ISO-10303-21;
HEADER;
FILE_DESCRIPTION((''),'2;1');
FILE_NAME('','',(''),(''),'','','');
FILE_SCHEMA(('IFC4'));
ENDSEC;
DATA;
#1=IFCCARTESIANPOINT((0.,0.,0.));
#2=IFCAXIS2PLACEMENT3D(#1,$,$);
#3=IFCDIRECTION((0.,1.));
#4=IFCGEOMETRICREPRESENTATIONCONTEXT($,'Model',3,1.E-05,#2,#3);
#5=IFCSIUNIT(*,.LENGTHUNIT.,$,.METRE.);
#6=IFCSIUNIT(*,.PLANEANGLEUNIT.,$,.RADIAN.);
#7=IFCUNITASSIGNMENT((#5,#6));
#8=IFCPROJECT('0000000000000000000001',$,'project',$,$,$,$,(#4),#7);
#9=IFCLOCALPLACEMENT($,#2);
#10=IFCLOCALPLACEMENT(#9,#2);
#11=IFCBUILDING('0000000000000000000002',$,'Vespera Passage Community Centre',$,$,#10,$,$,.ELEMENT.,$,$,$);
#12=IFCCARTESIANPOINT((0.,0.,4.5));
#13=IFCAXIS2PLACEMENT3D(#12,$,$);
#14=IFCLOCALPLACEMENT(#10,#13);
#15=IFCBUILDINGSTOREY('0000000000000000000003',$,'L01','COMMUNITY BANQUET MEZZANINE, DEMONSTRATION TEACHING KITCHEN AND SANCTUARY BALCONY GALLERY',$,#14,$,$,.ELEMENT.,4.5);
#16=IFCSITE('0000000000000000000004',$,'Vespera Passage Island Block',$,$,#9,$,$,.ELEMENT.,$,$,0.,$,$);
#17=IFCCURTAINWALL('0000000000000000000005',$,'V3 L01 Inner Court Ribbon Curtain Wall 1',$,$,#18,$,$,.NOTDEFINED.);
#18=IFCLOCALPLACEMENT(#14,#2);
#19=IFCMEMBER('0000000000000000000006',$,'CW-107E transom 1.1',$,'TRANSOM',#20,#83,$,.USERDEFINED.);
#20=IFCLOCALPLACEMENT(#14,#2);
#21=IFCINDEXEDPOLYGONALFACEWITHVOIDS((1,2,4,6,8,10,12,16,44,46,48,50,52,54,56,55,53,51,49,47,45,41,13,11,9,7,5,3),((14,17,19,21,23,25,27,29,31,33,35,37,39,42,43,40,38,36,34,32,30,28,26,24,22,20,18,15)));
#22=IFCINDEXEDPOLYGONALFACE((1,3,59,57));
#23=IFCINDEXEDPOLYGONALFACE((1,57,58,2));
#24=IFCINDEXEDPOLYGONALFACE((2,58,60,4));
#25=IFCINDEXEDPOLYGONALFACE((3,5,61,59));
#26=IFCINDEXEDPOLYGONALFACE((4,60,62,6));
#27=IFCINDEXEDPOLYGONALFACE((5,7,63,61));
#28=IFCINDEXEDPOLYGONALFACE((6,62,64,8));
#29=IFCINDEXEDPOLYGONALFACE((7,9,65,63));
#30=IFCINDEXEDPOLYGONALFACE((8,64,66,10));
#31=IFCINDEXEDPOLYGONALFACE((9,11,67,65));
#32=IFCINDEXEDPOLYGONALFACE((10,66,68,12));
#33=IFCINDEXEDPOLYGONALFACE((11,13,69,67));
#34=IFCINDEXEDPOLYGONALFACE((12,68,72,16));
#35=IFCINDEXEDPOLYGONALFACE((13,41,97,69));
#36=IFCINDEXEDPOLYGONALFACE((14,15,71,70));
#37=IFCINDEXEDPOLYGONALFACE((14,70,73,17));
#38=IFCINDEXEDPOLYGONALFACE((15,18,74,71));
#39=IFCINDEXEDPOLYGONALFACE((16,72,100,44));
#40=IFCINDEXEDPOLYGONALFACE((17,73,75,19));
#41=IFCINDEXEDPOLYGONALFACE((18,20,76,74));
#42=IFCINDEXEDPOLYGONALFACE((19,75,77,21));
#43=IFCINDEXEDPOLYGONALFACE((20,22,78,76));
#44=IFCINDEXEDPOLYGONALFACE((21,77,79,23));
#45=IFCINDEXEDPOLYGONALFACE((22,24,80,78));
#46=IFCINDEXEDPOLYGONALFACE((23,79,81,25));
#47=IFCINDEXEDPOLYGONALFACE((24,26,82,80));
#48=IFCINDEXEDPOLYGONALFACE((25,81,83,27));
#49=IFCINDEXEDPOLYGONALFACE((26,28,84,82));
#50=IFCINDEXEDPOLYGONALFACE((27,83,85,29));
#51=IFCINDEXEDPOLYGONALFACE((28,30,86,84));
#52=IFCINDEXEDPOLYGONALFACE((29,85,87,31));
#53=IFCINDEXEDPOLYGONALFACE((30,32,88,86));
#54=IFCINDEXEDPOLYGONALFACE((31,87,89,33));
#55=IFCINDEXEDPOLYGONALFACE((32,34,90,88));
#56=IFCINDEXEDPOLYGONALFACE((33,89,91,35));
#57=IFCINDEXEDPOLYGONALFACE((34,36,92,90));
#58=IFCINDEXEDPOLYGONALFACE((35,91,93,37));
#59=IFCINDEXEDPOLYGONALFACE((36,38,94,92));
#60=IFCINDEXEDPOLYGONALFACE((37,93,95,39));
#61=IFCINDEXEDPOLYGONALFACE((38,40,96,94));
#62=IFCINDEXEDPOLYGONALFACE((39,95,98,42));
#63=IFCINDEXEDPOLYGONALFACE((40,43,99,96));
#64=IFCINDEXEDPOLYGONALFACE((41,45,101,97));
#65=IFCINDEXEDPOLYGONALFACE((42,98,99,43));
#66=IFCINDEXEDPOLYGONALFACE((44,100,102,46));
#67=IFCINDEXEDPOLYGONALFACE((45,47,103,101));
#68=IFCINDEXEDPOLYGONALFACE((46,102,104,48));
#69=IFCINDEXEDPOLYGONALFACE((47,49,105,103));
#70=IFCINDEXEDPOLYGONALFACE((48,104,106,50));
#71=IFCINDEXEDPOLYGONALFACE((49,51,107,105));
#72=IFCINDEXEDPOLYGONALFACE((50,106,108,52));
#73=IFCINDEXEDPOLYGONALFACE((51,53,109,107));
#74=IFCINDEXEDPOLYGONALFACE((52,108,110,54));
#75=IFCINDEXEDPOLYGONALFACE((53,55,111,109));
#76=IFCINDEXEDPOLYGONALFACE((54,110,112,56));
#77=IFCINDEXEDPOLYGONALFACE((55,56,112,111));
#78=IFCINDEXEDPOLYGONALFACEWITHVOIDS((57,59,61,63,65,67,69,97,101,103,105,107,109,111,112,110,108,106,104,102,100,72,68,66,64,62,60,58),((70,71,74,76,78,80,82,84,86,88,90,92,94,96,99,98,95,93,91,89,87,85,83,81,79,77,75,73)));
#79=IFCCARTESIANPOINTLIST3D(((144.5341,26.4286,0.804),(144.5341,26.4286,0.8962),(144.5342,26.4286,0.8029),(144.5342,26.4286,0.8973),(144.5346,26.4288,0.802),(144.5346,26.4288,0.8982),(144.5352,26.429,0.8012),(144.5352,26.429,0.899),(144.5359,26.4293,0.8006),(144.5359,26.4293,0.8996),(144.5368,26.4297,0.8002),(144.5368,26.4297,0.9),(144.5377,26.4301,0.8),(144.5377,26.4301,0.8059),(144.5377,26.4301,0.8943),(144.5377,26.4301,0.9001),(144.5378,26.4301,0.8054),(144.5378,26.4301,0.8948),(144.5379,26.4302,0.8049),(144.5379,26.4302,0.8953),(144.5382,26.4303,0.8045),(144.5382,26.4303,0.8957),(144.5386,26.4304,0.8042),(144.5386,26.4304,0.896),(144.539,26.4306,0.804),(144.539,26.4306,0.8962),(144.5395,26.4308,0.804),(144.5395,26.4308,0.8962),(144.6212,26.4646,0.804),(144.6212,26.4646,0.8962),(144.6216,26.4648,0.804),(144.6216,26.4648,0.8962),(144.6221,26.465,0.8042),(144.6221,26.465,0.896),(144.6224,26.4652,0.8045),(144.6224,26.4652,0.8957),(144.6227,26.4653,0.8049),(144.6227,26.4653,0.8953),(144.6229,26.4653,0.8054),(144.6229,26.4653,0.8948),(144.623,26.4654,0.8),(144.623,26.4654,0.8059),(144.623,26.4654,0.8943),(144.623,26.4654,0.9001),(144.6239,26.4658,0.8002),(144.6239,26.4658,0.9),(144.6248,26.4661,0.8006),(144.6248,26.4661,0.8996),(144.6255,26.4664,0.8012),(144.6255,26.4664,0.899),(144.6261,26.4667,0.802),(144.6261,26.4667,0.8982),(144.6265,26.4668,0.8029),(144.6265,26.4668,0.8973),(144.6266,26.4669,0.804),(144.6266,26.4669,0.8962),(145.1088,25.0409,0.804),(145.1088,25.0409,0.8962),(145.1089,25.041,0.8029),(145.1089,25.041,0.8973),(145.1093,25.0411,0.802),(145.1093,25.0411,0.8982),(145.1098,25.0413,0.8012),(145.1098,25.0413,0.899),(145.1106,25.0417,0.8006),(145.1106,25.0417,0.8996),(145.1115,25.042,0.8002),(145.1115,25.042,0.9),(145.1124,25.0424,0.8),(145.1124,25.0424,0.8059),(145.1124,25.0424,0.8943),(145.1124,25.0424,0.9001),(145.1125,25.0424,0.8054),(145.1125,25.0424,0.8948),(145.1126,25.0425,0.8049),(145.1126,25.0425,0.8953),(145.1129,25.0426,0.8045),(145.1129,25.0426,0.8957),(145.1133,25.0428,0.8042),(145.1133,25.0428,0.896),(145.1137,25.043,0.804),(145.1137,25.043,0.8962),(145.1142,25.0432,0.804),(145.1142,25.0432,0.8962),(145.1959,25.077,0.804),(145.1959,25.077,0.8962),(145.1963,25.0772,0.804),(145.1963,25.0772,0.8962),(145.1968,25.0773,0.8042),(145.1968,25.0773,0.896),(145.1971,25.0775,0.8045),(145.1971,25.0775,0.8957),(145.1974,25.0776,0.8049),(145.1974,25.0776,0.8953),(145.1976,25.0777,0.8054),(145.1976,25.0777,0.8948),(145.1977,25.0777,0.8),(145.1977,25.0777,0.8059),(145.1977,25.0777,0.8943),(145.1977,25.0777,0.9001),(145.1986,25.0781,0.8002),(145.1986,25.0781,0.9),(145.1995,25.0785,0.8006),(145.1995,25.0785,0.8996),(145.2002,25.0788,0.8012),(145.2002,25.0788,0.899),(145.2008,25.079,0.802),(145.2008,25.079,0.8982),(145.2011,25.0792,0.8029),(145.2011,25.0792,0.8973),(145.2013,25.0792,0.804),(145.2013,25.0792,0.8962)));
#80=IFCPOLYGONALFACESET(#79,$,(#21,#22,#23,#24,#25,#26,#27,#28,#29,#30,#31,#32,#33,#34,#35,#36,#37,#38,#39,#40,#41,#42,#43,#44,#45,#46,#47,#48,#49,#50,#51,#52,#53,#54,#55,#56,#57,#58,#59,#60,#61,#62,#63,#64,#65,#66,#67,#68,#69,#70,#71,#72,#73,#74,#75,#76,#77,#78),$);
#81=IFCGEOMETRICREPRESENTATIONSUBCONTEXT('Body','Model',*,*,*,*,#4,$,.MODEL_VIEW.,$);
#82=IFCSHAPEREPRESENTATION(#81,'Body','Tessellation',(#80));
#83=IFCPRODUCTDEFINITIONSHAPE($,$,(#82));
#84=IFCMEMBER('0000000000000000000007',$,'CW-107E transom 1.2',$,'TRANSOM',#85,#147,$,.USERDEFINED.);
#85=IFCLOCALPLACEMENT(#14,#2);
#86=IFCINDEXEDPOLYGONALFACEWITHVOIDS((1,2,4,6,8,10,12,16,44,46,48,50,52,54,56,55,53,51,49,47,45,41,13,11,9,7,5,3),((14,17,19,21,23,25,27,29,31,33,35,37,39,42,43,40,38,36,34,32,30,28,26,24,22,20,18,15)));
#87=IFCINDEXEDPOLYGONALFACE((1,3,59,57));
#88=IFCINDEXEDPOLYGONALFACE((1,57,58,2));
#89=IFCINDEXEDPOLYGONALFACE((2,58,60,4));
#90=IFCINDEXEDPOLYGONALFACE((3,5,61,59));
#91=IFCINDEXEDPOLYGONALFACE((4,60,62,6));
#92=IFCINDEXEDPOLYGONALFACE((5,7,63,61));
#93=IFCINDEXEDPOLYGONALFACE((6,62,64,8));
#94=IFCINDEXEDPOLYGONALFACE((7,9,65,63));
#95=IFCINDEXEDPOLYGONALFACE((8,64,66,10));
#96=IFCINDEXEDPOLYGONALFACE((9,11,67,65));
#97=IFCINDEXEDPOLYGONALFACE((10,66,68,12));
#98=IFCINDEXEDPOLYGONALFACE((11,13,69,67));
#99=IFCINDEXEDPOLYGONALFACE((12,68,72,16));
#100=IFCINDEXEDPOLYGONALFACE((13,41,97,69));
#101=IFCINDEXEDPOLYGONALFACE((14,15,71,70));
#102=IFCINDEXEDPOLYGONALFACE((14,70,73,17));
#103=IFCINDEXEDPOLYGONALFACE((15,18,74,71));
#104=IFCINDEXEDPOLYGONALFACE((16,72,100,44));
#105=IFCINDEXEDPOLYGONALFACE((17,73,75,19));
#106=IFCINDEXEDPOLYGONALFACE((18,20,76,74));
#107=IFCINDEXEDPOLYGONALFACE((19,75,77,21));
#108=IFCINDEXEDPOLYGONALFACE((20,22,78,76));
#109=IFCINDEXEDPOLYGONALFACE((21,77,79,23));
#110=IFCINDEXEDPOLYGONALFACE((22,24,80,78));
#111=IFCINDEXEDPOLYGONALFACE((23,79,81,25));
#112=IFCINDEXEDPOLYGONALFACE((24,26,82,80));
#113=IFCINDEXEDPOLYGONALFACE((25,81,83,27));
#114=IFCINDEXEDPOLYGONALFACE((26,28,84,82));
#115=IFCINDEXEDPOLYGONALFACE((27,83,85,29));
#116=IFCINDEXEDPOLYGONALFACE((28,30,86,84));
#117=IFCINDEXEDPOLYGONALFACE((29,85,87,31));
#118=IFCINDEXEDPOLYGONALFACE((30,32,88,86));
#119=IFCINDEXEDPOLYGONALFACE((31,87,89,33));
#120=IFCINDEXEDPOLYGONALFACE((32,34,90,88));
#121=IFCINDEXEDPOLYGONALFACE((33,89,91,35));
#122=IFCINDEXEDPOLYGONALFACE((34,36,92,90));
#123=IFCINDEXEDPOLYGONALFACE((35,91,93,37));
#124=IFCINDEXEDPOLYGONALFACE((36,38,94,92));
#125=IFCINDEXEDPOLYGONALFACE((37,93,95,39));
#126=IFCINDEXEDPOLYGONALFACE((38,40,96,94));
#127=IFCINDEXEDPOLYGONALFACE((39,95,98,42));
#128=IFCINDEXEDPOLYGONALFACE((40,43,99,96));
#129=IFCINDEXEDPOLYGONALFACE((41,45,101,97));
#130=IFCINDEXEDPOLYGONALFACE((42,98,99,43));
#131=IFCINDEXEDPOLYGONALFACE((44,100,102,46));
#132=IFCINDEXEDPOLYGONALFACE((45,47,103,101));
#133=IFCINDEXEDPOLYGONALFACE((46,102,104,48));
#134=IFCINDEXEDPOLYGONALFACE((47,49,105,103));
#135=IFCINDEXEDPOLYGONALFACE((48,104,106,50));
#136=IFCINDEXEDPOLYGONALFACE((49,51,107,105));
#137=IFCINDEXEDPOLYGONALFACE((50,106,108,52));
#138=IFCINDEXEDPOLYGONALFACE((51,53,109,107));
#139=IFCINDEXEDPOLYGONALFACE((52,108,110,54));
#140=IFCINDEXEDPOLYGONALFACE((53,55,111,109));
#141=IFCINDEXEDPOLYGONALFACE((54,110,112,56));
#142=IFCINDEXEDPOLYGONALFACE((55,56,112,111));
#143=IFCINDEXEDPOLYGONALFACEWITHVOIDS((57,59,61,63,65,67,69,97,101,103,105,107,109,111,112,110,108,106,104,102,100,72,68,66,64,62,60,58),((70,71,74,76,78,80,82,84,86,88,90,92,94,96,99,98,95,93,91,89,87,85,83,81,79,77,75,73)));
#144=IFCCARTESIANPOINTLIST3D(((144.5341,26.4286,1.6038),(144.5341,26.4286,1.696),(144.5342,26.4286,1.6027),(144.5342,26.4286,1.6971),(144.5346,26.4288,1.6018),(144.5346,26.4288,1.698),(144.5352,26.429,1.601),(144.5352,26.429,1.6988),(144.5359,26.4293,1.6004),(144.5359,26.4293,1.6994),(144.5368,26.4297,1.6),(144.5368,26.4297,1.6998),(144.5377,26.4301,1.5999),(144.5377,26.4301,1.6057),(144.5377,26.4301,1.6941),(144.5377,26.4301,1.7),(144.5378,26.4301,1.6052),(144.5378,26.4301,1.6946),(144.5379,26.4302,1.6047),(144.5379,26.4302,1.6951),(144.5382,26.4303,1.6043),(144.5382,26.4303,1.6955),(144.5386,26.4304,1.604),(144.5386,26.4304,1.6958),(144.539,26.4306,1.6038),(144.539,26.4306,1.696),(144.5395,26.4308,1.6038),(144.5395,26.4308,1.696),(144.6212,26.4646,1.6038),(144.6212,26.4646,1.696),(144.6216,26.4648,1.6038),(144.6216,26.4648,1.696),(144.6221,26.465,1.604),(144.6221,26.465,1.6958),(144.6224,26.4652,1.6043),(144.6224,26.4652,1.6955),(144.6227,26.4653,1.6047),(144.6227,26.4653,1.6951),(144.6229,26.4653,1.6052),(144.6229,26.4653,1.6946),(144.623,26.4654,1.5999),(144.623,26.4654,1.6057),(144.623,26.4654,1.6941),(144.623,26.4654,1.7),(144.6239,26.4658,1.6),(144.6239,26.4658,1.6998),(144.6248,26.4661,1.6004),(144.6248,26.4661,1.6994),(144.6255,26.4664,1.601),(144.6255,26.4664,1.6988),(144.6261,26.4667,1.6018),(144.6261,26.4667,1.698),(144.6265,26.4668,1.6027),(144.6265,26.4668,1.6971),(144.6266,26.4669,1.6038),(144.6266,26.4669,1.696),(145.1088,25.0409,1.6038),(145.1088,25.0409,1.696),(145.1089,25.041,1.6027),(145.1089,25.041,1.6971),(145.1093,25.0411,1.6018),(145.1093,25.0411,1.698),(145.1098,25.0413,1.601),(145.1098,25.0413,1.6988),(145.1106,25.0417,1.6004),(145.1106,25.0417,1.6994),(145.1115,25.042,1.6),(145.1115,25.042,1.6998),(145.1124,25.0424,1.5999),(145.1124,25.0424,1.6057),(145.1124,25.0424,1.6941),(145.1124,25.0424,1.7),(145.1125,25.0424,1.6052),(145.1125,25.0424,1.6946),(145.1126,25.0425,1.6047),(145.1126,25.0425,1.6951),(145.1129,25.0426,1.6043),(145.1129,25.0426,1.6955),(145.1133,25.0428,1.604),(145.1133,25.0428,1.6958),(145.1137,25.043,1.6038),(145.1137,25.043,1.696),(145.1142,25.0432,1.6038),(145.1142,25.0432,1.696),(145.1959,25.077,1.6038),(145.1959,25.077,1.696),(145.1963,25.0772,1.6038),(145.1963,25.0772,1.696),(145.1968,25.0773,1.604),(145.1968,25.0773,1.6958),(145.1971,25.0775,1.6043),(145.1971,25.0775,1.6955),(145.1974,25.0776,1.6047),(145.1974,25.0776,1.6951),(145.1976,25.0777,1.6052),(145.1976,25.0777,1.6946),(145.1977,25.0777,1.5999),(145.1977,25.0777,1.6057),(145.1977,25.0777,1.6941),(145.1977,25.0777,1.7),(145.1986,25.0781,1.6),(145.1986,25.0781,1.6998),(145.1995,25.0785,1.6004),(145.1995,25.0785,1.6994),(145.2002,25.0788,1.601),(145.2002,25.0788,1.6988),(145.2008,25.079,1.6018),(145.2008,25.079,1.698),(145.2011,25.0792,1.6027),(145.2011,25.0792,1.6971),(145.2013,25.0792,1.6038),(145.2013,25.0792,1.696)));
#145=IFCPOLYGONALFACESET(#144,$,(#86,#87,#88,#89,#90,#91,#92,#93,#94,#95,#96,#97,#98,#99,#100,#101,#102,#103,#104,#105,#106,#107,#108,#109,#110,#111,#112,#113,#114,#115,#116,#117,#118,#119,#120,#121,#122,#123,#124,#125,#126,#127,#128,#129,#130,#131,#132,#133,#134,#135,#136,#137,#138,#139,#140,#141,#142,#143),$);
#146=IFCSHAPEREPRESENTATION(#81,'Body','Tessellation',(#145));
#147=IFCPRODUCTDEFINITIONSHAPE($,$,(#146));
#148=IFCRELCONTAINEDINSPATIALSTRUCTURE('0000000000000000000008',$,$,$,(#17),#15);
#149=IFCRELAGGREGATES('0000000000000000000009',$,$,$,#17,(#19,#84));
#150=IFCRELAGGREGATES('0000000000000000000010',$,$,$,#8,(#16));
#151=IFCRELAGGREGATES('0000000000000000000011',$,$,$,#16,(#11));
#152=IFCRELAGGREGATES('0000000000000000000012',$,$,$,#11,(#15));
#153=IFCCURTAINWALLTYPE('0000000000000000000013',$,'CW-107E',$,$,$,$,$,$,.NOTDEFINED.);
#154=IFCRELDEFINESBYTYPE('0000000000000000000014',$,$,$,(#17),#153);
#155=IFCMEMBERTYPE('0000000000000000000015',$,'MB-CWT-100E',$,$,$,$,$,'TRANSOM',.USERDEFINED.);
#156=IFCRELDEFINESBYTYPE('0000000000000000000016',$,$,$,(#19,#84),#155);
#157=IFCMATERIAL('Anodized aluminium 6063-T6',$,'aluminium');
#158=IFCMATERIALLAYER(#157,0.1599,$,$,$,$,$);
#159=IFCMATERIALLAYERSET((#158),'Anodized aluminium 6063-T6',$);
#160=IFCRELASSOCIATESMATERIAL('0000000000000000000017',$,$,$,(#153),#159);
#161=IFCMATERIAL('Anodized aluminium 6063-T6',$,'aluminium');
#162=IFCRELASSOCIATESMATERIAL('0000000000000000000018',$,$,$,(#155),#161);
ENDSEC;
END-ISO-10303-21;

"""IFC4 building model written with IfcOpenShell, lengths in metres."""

from ifc_helpers import new_model, si_unit, direction, frame, origin, origin_2d, place, context, subcontext, project, spatial, hollow_rectangle, extrude, material, layer, layer_set, material_profile, profile_set, type_object, element, aggregate, save


model = new_model("IFC4")

# Units and contexts
model_context = context("Model", 3, precision=1e-05, world=origin(), true_north=direction((0.0, 1.0)))
body_context = subcontext(model_context, "Body", "Model", "MODEL_VIEW")
ifc_project = project(units=[si_unit("LENGTHUNIT", "METRE"), si_unit("PLANEANGLEUNIT", "RADIAN")], contexts=[model_context])

# Site, building, storey
site_placement = place(None, origin())
site = spatial("IfcSite", under=ifc_project, at=site_placement, Name="Vespera Passage Island Block", CompositionType="ELEMENT", RefElevation=0.0)
building_placement = place(site_placement, origin())
building = spatial("IfcBuilding", under=site, at=building_placement, Name="Vespera Passage Community Centre", CompositionType="ELEMENT")
storey_placement = place(building_placement, frame((0.0, 0.0, 4.5)))
storey = spatial("IfcBuildingStorey", under=building, at=storey_placement, Name="L01", Description="COMMUNITY BANQUET MEZZANINE, DEMONSTRATION TEACHING KITCHEN AND SANCTUARY BALCONY GALLERY", CompositionType="ELEMENT", Elevation=4.5)

# Curtain wall
ifc_material_1 = material(Name="Anodized aluminium 6063-T6", Category="aluminium")
ifc_layer_1 = layer(ifc_material_1, 0.1599)
ifc_layer_set_1 = layer_set([ifc_layer_1], Name="Anodized aluminium 6063-T6")
curtain_wall_type = type_object("IfcCurtainWallType", Name="CW-107E", PredefinedType="NOTDEFINED", material=ifc_layer_set_1)
curtain_wall_1_placement = place(storey_placement, origin())
curtain_wall_1 = element("IfcCurtainWall", 1, at=curtain_wall_1_placement, inside=storey, type_object=curtain_wall_type, Name="V3 L01 Inner Court Ribbon Curtain Wall 1", PredefinedType="NOTDEFINED")

# Members
ifc_material_2 = material(Name="Anodized aluminium 6063-T6", Category="aluminium")
ifc_material_profile_1 = material_profile(ifc_material_2, hollow_rectangle(XDim=0.1001, YDim=0.1001, WallThickness=0.0039, InnerFilletRadius=0.002, OuterFilletRadius=0.0039, at=origin_2d()), Name="ALU100X100X4")
ifc_profile_set_1 = profile_set([ifc_material_profile_1], Name="Anodized aluminium 6063-T6")
member_type_1 = type_object("IfcMemberType", Name="MB-CWT-100E", ElementType="TRANSOM", PredefinedType="USERDEFINED", material=ifc_profile_set_1)
member_1_placement = place(storey_placement, frame((145.155, 25.0601, 0.8501), z_axis=(-0.382629, 0.923902, 0.0), x_axis=(-0.923902, -0.382629, 0.0)))
member_1 = element("IfcMember", 2, at=member_1_placement, type_object=member_type_1, Name="CW-107E transom 1.1", ObjectType="TRANSOM", PredefinedType="USERDEFINED", context=body_context, shape_type="SweptSolid", body=[
    extrude(hollow_rectangle(XDim=0.1001, YDim=0.1001, WallThickness=0.0039, InnerFilletRadius=0.002, OuterFilletRadius=0.0039, at=origin_2d()), origin(), (0.0, 0.0, 1.0), 1.502),
])
member_2_placement = place(storey_placement, frame((145.155, 25.0601, 1.6499), z_axis=(-0.382629, 0.923902, 0.0), x_axis=(-0.923902, -0.382629, 0.0)))
member_2 = element("IfcMember", 3, at=member_2_placement, type_object=member_type_1, Name="CW-107E transom 1.2", ObjectType="TRANSOM", PredefinedType="USERDEFINED", context=body_context, shape_type="SweptSolid", body=[
    extrude(hollow_rectangle(XDim=0.1001, YDim=0.1001, WallThickness=0.0039, InnerFilletRadius=0.002, OuterFilletRadius=0.0039, at=origin_2d()), origin(), (0.0, 0.0, 1.0), 1.502),
])

aggregate(curtain_wall_1, [member_1, member_2])

save(model, "model.ifc")
